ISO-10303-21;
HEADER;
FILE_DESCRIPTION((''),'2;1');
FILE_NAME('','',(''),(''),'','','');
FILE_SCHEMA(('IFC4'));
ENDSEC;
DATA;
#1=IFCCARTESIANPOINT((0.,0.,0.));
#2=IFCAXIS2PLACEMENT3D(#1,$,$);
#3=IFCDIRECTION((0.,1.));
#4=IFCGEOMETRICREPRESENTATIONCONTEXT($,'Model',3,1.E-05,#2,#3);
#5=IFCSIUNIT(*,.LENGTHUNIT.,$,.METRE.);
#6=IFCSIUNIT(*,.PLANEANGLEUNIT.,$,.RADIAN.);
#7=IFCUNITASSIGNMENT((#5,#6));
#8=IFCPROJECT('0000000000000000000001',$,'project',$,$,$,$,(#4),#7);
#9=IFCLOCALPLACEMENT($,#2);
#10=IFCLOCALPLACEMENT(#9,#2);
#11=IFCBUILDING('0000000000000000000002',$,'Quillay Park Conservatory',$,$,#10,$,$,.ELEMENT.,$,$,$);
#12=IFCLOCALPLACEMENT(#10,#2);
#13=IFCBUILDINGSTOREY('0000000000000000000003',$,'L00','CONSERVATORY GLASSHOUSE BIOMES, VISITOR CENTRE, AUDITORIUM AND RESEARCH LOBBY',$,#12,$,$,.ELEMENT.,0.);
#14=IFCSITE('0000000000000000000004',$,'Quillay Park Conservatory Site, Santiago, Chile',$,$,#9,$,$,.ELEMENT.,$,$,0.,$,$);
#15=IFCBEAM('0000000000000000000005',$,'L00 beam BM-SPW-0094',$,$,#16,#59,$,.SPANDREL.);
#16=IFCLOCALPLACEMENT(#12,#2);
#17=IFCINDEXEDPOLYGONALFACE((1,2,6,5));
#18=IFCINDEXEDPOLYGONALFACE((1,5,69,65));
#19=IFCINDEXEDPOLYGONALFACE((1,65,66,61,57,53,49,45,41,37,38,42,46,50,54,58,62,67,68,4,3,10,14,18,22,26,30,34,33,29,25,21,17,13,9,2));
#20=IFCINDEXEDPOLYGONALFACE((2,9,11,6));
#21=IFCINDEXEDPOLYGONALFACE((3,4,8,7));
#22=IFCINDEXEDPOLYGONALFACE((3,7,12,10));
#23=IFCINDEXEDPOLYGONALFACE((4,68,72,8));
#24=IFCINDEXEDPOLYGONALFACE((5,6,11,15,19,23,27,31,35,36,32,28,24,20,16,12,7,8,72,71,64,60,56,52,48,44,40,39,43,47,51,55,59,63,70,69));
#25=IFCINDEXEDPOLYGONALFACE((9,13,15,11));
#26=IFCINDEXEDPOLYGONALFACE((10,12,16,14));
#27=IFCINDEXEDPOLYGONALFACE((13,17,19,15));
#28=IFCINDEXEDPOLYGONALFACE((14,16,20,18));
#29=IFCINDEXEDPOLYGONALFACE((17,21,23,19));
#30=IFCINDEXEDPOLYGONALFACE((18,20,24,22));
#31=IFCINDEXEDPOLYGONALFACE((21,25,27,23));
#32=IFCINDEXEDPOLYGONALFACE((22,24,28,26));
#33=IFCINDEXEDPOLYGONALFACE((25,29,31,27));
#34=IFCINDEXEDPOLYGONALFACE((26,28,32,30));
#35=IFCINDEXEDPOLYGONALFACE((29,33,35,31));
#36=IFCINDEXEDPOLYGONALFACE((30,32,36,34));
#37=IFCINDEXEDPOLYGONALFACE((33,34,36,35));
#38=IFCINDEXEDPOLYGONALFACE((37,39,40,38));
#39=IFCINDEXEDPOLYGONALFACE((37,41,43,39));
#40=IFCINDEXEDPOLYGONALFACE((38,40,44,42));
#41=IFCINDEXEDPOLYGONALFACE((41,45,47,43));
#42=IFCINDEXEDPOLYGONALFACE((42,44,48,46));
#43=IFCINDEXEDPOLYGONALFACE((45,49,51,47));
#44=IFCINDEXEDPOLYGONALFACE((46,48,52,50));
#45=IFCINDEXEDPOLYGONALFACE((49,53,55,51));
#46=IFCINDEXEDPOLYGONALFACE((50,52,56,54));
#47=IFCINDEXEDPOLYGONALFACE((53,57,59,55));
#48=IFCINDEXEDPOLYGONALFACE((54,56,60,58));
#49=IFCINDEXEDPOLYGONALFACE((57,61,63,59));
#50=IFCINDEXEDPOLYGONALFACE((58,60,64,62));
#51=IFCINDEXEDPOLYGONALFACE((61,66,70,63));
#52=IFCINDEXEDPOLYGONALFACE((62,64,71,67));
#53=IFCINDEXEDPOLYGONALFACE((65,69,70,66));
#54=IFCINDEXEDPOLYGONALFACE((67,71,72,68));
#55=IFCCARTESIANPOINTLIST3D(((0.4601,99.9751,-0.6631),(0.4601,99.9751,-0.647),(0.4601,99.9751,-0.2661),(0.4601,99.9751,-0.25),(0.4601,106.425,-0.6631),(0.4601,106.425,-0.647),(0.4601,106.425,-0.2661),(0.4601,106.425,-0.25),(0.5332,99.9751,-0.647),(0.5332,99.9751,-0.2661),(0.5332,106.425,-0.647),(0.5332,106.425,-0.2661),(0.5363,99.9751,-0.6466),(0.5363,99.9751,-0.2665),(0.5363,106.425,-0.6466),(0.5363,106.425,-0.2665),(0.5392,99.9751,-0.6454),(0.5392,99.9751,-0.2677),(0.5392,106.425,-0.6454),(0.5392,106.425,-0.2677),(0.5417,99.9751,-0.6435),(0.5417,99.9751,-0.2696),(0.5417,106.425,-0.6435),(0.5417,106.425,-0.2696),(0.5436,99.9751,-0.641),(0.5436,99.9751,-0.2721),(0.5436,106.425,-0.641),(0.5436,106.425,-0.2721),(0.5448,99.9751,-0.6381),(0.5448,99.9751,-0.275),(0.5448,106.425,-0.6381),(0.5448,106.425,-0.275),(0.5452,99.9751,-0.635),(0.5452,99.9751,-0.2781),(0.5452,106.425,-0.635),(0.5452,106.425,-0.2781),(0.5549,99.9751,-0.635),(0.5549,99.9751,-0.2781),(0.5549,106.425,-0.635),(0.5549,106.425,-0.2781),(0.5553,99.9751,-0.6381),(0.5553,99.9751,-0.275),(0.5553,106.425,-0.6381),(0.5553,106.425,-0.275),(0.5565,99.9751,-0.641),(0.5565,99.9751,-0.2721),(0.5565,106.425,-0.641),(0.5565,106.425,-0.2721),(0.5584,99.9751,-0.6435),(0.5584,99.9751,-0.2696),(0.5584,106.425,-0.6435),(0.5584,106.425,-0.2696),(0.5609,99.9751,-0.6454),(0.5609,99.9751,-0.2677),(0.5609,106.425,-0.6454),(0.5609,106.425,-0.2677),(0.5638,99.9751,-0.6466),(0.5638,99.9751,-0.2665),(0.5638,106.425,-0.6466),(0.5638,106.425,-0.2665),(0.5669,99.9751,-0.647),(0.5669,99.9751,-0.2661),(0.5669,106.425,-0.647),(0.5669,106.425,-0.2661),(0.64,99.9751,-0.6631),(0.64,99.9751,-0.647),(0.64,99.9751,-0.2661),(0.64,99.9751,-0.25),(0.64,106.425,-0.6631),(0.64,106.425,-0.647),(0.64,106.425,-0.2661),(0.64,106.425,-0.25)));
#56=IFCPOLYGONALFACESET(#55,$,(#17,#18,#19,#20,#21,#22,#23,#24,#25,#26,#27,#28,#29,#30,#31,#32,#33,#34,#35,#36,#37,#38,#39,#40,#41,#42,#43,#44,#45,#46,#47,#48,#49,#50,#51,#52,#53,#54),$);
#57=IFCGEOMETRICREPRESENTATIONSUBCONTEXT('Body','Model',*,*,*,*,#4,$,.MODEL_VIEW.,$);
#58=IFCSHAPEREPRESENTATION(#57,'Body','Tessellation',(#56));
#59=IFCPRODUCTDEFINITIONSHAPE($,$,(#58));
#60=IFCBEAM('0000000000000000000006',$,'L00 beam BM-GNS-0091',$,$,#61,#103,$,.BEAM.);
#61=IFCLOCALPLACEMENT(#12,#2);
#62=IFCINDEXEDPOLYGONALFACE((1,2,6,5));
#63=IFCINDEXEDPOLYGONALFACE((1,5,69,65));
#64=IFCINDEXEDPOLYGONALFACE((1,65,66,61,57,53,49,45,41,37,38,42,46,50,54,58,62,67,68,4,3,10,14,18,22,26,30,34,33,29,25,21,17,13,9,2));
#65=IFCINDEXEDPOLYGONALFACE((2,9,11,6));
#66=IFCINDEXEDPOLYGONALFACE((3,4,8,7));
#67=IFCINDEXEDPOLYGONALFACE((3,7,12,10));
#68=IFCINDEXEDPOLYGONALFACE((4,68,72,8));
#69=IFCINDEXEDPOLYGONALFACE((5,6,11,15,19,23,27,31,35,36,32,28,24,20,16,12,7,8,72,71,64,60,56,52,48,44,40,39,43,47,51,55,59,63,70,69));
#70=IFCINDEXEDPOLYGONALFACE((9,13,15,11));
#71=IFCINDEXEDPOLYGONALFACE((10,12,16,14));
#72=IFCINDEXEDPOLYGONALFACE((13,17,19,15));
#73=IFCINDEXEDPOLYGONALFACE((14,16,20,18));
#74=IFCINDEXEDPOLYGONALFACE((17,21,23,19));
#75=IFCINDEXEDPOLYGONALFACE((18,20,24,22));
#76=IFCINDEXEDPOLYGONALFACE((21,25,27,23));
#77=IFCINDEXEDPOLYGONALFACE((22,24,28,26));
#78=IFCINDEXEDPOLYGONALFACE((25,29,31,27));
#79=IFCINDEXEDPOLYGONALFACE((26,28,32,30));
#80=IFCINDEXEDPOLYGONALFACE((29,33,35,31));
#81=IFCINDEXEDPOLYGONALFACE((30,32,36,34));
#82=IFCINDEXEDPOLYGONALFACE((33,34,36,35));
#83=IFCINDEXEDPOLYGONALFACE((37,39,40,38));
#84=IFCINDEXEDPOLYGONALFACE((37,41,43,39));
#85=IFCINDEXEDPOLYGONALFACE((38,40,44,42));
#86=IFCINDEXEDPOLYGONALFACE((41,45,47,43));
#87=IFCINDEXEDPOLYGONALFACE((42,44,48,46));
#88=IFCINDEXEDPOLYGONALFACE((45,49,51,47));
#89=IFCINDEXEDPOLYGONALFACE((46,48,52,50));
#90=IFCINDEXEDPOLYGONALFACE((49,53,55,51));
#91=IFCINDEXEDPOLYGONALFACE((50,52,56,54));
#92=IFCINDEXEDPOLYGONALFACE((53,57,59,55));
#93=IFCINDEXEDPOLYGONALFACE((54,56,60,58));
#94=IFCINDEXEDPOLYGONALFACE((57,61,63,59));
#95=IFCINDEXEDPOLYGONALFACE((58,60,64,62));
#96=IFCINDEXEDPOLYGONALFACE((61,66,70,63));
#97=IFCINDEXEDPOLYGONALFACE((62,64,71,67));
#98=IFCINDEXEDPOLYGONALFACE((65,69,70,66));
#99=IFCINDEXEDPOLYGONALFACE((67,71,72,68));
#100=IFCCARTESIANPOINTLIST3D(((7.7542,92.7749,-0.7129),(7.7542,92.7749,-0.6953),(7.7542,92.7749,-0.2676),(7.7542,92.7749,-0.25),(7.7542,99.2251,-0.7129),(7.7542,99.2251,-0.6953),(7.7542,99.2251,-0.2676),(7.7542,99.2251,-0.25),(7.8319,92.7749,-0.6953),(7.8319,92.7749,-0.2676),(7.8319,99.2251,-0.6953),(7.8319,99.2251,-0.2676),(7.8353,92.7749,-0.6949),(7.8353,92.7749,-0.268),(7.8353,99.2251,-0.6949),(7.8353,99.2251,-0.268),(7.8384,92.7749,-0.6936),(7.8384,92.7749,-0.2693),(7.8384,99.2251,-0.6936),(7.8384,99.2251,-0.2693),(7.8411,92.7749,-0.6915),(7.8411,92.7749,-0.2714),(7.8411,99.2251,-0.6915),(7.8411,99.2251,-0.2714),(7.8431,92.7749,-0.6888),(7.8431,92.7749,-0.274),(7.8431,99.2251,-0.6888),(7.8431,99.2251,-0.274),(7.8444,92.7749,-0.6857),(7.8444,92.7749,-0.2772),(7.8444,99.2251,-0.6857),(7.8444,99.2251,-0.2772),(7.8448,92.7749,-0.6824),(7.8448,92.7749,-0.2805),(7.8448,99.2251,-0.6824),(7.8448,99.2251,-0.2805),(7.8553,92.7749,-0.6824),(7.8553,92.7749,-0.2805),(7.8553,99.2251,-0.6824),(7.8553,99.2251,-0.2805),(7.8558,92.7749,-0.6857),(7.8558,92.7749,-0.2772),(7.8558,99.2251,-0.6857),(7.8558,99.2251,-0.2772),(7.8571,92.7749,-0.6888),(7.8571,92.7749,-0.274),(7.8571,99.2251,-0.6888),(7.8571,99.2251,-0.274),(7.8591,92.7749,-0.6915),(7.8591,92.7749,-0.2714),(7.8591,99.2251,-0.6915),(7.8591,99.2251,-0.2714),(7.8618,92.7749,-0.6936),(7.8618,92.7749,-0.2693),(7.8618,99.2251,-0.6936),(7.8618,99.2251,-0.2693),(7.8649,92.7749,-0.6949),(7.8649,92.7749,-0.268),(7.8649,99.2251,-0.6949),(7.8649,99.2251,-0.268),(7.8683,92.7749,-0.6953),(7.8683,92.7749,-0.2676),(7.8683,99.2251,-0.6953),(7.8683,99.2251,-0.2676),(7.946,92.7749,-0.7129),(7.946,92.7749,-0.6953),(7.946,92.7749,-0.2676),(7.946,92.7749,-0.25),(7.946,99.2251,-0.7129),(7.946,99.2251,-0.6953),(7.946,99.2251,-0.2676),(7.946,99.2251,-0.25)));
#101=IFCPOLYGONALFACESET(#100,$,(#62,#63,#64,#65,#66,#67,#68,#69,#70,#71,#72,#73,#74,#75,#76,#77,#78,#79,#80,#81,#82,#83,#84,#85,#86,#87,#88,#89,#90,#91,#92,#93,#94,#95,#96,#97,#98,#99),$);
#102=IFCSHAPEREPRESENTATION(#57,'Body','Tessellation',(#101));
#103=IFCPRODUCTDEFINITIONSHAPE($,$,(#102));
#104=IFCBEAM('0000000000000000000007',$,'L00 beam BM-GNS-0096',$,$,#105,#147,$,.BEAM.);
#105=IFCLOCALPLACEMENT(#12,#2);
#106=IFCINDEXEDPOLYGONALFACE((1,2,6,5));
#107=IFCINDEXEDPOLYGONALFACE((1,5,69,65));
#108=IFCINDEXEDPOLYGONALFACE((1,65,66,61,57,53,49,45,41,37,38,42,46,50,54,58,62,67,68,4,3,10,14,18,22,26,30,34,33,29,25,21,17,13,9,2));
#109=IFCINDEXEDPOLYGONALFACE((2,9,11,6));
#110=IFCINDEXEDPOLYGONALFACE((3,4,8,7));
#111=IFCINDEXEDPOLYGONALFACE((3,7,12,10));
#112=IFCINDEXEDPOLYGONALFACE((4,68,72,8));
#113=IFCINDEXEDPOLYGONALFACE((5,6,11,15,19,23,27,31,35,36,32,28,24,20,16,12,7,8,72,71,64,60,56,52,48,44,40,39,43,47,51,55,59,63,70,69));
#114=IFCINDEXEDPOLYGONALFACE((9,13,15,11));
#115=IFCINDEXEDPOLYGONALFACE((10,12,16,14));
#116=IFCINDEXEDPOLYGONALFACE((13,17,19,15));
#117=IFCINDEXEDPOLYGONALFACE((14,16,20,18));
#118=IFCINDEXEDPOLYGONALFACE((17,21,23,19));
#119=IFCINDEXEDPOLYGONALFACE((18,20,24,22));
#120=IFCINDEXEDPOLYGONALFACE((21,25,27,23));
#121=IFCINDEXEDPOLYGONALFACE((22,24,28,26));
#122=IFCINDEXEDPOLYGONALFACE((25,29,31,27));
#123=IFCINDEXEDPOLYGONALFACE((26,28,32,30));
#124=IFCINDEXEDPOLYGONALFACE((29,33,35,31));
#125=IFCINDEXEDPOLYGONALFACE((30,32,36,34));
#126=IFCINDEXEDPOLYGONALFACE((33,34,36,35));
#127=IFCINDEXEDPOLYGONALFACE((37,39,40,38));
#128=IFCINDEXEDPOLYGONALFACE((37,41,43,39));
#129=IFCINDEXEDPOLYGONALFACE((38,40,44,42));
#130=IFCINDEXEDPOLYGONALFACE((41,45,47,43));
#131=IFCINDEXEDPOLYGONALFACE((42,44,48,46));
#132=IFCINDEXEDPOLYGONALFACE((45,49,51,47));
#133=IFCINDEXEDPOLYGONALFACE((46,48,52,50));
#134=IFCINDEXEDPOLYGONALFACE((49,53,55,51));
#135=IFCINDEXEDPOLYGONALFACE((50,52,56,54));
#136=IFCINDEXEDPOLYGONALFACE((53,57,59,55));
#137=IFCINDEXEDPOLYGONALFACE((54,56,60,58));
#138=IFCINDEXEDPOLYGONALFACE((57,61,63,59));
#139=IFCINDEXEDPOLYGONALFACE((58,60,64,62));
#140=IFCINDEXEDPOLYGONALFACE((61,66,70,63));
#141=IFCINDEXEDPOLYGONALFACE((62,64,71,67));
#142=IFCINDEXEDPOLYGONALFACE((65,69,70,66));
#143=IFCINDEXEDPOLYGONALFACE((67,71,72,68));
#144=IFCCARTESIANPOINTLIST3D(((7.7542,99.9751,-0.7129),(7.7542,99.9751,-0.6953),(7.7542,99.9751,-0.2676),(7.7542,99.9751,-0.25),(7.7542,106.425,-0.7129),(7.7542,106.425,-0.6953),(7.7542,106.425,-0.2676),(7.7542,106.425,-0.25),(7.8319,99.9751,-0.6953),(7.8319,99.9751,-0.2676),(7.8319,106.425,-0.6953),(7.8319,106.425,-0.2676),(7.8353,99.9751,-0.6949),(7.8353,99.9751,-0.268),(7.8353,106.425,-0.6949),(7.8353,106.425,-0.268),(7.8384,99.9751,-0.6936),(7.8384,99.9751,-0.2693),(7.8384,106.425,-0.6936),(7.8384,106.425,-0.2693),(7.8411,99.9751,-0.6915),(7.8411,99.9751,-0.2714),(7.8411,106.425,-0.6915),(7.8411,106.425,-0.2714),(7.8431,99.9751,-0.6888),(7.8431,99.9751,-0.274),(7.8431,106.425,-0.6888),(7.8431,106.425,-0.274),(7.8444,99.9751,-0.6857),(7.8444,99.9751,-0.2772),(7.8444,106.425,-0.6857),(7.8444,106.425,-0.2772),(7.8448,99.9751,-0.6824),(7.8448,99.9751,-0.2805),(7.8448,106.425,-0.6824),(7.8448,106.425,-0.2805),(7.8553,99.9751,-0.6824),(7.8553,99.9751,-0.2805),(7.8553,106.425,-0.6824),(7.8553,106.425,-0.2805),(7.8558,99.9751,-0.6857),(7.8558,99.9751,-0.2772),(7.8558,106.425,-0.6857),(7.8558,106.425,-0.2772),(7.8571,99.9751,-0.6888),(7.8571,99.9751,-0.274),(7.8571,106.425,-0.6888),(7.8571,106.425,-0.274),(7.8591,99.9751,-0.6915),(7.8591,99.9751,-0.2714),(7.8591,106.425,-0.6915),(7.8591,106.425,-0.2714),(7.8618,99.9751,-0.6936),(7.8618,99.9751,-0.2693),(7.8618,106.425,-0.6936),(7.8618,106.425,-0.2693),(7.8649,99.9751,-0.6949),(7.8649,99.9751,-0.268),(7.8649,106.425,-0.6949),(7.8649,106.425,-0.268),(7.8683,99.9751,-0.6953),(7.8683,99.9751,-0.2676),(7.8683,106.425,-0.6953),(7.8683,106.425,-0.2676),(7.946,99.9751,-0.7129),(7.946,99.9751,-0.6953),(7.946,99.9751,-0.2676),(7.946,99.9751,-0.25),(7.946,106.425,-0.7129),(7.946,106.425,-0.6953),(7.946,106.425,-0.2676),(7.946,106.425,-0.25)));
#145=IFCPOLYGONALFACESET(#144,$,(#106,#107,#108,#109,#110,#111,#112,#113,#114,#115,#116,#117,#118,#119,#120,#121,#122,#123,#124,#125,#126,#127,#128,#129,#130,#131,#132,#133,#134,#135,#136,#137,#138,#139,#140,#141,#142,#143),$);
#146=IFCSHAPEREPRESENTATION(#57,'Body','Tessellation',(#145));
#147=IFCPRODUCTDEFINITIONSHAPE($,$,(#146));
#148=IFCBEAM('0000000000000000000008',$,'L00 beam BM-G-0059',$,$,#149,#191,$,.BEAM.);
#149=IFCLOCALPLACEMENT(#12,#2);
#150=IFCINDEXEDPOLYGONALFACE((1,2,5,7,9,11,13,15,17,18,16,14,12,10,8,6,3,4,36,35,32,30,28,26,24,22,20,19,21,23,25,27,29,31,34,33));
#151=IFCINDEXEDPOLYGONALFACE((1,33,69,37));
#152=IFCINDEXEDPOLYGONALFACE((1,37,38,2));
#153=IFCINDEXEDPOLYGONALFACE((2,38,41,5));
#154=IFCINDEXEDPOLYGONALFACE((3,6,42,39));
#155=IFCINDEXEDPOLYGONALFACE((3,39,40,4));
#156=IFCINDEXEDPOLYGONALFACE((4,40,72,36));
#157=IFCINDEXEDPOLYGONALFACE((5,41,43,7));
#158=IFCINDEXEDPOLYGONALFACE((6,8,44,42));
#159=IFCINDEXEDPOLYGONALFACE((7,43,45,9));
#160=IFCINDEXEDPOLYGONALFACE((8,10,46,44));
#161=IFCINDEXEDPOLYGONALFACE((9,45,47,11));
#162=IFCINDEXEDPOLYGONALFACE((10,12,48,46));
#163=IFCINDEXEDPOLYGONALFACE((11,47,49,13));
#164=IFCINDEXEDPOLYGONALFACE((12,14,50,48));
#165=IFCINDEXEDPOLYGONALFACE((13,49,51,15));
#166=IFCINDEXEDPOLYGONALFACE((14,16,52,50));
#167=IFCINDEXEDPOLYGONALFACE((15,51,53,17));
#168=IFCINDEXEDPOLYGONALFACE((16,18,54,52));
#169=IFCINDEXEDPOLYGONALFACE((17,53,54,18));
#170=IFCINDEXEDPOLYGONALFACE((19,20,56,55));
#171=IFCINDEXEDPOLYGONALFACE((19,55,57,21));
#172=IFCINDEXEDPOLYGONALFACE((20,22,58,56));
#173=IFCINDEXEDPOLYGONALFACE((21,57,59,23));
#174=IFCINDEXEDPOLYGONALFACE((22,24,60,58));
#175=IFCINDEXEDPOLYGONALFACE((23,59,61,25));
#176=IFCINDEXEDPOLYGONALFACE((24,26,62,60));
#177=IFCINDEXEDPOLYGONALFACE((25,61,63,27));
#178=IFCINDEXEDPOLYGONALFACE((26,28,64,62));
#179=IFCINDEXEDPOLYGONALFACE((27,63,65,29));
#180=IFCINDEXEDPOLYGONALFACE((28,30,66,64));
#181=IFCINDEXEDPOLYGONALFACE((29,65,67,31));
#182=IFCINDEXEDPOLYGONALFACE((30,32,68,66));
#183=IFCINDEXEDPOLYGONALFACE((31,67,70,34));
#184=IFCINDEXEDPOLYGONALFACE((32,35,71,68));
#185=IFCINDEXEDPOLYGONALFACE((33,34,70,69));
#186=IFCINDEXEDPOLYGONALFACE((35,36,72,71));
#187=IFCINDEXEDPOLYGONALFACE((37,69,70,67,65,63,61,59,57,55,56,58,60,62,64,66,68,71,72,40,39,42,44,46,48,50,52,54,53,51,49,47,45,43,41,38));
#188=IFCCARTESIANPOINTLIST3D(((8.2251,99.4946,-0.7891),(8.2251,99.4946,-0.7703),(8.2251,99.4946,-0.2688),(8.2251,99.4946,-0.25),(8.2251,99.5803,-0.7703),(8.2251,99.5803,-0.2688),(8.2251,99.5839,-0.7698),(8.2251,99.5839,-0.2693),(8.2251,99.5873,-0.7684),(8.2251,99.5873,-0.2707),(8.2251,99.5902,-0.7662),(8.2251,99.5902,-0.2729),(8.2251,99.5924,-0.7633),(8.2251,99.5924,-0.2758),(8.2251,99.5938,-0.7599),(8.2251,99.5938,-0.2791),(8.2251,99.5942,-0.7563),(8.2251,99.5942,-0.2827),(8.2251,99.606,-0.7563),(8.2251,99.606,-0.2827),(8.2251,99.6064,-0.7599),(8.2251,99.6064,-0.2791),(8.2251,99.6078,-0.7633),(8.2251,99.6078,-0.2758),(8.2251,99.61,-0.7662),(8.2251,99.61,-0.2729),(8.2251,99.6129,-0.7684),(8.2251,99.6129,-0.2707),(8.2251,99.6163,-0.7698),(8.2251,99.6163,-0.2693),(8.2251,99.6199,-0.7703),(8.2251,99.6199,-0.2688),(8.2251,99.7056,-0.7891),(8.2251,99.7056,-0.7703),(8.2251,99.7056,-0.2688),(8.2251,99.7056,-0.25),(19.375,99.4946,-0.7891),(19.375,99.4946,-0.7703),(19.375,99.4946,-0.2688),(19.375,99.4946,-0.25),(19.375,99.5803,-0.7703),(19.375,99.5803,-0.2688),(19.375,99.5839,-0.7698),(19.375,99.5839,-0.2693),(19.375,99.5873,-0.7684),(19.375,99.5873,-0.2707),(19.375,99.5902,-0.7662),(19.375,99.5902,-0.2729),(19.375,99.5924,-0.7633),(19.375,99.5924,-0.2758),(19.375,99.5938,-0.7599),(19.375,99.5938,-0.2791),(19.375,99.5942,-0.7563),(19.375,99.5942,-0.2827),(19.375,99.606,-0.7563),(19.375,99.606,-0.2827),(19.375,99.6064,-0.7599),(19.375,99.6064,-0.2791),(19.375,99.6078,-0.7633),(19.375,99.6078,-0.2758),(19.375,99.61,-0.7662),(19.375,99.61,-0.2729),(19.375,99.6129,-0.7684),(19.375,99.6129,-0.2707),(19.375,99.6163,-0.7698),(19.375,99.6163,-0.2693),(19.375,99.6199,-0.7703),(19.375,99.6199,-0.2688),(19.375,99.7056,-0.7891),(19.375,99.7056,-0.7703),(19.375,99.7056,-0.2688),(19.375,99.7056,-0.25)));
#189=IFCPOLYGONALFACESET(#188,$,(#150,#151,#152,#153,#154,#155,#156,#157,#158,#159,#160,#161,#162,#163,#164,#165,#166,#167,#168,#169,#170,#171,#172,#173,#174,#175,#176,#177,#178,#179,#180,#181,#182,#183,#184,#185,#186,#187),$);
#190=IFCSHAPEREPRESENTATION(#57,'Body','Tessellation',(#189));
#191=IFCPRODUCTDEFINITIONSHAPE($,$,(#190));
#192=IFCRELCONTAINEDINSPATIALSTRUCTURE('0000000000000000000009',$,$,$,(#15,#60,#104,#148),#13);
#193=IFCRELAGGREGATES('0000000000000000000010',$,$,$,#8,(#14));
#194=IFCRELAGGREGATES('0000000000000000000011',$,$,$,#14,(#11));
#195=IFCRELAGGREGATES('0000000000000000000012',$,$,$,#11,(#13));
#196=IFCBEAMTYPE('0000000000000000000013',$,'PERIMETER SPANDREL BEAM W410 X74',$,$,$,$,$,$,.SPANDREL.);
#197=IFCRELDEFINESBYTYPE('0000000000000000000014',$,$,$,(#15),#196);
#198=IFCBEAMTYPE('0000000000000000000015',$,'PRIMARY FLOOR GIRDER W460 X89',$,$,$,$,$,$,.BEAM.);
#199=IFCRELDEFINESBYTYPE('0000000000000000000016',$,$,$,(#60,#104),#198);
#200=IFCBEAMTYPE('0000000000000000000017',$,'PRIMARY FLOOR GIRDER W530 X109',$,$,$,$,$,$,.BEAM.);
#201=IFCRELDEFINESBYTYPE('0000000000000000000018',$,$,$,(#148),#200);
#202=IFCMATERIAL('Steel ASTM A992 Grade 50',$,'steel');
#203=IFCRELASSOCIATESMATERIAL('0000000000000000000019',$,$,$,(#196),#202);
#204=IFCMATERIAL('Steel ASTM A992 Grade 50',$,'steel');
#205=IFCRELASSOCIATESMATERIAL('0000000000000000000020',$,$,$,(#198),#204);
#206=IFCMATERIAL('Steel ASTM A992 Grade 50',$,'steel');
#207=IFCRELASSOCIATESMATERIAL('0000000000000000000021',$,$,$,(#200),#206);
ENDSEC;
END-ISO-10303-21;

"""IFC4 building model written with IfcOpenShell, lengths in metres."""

from ifc_helpers import new_model, si_unit, direction, frame, origin, origin_2d, place, context, subcontext, project, spatial, i_section, extrude, material, material_profile, profile_set, type_object, element, save


model = new_model("IFC4")

# Units and contexts
model_context = context("Model", 3, precision=1e-05, world=origin(), true_north=direction((0.0, 1.0)))
body_context = subcontext(model_context, "Body", "Model", "MODEL_VIEW")
ifc_project = project(units=[si_unit("LENGTHUNIT", "METRE"), si_unit("PLANEANGLEUNIT", "RADIAN")], contexts=[model_context])

# Site, building, storey
site_placement = place(None, origin())
site = spatial("IfcSite", under=ifc_project, at=site_placement, Name="Quillay Park Conservatory Site, Santiago, Chile", CompositionType="ELEMENT", RefElevation=0.0)
building_placement = place(site_placement, origin())
building = spatial("IfcBuilding", under=site, at=building_placement, Name="Quillay Park Conservatory", CompositionType="ELEMENT")
storey_placement = place(building_placement, origin())
storey = spatial("IfcBuildingStorey", under=building, at=storey_placement, Name="L00", Description="CONSERVATORY GLASSHOUSE BIOMES, VISITOR CENTRE, AUDITORIUM AND RESEARCH LOBBY", CompositionType="ELEMENT", Elevation=0.0)

# Beams
ifc_material_1 = material(Name="Steel ASTM A992 Grade 50", Category="steel")
ifc_material_profile_1 = material_profile(ifc_material_1, i_section(OverallWidth=0.1799, OverallDepth=0.4131, WebThickness=0.0098, FlangeThickness=0.0161, FilletRadius=0.012, at=origin_2d()), Name="W410x74")
ifc_profile_set_1 = profile_set([ifc_material_profile_1], Name="Steel ASTM A992 Grade 50")
beam_type_1 = type_object("IfcBeamType", Name="PERIMETER SPANDREL BEAM W410 X74", PredefinedType="SPANDREL", material=ifc_profile_set_1)
beam_1_placement = place(storey_placement, frame((0.55, 99.9751, -0.4565), z_axis=(0.0, 1.0, 0.0), x_axis=(-1.0, 0.0, 0.0)))
element("IfcBeam", 1, at=beam_1_placement, inside=storey, type_object=beam_type_1, Name="L00 beam BM-SPW-0094", PredefinedType="SPANDREL", context=body_context, shape_type="SweptSolid", body=[
    extrude(i_section(OverallWidth=0.1799, OverallDepth=0.4131, WebThickness=0.0098, FlangeThickness=0.0161, FilletRadius=0.012, at=origin_2d()), origin(), (0.0, 0.0, 1.0), 6.45),
])
ifc_material_2 = material(Name="Steel ASTM A992 Grade 50", Category="steel")
ifc_material_profile_2 = material_profile(ifc_material_2, i_section(OverallWidth=0.1919, OverallDepth=0.4629, WebThickness=0.0105, FlangeThickness=0.0176, FilletRadius=0.0129, at=origin_2d()), Name="W460x89")
ifc_profile_set_2 = profile_set([ifc_material_profile_2], Name="Steel ASTM A992 Grade 50")
beam_type_2 = type_object("IfcBeamType", Name="PRIMARY FLOOR GIRDER W460 X89", PredefinedType="BEAM", material=ifc_profile_set_2)
beam_2_placement = place(storey_placement, frame((7.8501, 92.7749, -0.4814), z_axis=(0.0, 1.0, 0.0), x_axis=(-1.0, 0.0, 0.0)))
element("IfcBeam", 2, at=beam_2_placement, inside=storey, type_object=beam_type_2, Name="L00 beam BM-GNS-0091", PredefinedType="BEAM", context=body_context, shape_type="SweptSolid", body=[
    extrude(i_section(OverallWidth=0.1919, OverallDepth=0.4629, WebThickness=0.0105, FlangeThickness=0.0176, FilletRadius=0.0129, at=origin_2d()), origin(), (0.0, 0.0, 1.0), 6.4502),
])
beam_3_placement = place(storey_placement, frame((7.8501, 99.9751, -0.4814), z_axis=(0.0, 1.0, 0.0), x_axis=(-1.0, 0.0, 0.0)))
element("IfcBeam", 3, at=beam_3_placement, inside=storey, type_object=beam_type_2, Name="L00 beam BM-GNS-0096", PredefinedType="BEAM", context=body_context, shape_type="SweptSolid", body=[
    extrude(i_section(OverallWidth=0.1919, OverallDepth=0.4629, WebThickness=0.0105, FlangeThickness=0.0176, FilletRadius=0.0129, at=origin_2d()), origin(), (0.0, 0.0, 1.0), 6.45),
])
ifc_material_3 = material(Name="Steel ASTM A992 Grade 50", Category="steel")
ifc_material_profile_3 = material_profile(ifc_material_3, i_section(OverallWidth=0.2109, OverallDepth=0.5391, WebThickness=0.0117, FlangeThickness=0.0188, FilletRadius=0.0139, at=origin_2d()), Name="W530x109")
ifc_profile_set_3 = profile_set([ifc_material_profile_3], Name="Steel ASTM A992 Grade 50")
beam_type_3 = type_object("IfcBeamType", Name="PRIMARY FLOOR GIRDER W530 X109", PredefinedType="BEAM", material=ifc_profile_set_3)
beam_4_placement = place(storey_placement, frame((8.2251, 99.6001, -0.5195), z_axis=(1.0, 0.0, 0.0), x_axis=(0.0, 1.0, 0.0)))
element("IfcBeam", 4, at=beam_4_placement, inside=storey, type_object=beam_type_3, Name="L00 beam BM-G-0059", PredefinedType="BEAM", context=body_context, shape_type="SweptSolid", body=[
    extrude(i_section(OverallWidth=0.2109, OverallDepth=0.5391, WebThickness=0.0117, FlangeThickness=0.0188, FilletRadius=0.0139, at=origin_2d()), origin(), (0.0, 0.0, 1.0), 11.1499),
])

save(model, "model.ifc")
